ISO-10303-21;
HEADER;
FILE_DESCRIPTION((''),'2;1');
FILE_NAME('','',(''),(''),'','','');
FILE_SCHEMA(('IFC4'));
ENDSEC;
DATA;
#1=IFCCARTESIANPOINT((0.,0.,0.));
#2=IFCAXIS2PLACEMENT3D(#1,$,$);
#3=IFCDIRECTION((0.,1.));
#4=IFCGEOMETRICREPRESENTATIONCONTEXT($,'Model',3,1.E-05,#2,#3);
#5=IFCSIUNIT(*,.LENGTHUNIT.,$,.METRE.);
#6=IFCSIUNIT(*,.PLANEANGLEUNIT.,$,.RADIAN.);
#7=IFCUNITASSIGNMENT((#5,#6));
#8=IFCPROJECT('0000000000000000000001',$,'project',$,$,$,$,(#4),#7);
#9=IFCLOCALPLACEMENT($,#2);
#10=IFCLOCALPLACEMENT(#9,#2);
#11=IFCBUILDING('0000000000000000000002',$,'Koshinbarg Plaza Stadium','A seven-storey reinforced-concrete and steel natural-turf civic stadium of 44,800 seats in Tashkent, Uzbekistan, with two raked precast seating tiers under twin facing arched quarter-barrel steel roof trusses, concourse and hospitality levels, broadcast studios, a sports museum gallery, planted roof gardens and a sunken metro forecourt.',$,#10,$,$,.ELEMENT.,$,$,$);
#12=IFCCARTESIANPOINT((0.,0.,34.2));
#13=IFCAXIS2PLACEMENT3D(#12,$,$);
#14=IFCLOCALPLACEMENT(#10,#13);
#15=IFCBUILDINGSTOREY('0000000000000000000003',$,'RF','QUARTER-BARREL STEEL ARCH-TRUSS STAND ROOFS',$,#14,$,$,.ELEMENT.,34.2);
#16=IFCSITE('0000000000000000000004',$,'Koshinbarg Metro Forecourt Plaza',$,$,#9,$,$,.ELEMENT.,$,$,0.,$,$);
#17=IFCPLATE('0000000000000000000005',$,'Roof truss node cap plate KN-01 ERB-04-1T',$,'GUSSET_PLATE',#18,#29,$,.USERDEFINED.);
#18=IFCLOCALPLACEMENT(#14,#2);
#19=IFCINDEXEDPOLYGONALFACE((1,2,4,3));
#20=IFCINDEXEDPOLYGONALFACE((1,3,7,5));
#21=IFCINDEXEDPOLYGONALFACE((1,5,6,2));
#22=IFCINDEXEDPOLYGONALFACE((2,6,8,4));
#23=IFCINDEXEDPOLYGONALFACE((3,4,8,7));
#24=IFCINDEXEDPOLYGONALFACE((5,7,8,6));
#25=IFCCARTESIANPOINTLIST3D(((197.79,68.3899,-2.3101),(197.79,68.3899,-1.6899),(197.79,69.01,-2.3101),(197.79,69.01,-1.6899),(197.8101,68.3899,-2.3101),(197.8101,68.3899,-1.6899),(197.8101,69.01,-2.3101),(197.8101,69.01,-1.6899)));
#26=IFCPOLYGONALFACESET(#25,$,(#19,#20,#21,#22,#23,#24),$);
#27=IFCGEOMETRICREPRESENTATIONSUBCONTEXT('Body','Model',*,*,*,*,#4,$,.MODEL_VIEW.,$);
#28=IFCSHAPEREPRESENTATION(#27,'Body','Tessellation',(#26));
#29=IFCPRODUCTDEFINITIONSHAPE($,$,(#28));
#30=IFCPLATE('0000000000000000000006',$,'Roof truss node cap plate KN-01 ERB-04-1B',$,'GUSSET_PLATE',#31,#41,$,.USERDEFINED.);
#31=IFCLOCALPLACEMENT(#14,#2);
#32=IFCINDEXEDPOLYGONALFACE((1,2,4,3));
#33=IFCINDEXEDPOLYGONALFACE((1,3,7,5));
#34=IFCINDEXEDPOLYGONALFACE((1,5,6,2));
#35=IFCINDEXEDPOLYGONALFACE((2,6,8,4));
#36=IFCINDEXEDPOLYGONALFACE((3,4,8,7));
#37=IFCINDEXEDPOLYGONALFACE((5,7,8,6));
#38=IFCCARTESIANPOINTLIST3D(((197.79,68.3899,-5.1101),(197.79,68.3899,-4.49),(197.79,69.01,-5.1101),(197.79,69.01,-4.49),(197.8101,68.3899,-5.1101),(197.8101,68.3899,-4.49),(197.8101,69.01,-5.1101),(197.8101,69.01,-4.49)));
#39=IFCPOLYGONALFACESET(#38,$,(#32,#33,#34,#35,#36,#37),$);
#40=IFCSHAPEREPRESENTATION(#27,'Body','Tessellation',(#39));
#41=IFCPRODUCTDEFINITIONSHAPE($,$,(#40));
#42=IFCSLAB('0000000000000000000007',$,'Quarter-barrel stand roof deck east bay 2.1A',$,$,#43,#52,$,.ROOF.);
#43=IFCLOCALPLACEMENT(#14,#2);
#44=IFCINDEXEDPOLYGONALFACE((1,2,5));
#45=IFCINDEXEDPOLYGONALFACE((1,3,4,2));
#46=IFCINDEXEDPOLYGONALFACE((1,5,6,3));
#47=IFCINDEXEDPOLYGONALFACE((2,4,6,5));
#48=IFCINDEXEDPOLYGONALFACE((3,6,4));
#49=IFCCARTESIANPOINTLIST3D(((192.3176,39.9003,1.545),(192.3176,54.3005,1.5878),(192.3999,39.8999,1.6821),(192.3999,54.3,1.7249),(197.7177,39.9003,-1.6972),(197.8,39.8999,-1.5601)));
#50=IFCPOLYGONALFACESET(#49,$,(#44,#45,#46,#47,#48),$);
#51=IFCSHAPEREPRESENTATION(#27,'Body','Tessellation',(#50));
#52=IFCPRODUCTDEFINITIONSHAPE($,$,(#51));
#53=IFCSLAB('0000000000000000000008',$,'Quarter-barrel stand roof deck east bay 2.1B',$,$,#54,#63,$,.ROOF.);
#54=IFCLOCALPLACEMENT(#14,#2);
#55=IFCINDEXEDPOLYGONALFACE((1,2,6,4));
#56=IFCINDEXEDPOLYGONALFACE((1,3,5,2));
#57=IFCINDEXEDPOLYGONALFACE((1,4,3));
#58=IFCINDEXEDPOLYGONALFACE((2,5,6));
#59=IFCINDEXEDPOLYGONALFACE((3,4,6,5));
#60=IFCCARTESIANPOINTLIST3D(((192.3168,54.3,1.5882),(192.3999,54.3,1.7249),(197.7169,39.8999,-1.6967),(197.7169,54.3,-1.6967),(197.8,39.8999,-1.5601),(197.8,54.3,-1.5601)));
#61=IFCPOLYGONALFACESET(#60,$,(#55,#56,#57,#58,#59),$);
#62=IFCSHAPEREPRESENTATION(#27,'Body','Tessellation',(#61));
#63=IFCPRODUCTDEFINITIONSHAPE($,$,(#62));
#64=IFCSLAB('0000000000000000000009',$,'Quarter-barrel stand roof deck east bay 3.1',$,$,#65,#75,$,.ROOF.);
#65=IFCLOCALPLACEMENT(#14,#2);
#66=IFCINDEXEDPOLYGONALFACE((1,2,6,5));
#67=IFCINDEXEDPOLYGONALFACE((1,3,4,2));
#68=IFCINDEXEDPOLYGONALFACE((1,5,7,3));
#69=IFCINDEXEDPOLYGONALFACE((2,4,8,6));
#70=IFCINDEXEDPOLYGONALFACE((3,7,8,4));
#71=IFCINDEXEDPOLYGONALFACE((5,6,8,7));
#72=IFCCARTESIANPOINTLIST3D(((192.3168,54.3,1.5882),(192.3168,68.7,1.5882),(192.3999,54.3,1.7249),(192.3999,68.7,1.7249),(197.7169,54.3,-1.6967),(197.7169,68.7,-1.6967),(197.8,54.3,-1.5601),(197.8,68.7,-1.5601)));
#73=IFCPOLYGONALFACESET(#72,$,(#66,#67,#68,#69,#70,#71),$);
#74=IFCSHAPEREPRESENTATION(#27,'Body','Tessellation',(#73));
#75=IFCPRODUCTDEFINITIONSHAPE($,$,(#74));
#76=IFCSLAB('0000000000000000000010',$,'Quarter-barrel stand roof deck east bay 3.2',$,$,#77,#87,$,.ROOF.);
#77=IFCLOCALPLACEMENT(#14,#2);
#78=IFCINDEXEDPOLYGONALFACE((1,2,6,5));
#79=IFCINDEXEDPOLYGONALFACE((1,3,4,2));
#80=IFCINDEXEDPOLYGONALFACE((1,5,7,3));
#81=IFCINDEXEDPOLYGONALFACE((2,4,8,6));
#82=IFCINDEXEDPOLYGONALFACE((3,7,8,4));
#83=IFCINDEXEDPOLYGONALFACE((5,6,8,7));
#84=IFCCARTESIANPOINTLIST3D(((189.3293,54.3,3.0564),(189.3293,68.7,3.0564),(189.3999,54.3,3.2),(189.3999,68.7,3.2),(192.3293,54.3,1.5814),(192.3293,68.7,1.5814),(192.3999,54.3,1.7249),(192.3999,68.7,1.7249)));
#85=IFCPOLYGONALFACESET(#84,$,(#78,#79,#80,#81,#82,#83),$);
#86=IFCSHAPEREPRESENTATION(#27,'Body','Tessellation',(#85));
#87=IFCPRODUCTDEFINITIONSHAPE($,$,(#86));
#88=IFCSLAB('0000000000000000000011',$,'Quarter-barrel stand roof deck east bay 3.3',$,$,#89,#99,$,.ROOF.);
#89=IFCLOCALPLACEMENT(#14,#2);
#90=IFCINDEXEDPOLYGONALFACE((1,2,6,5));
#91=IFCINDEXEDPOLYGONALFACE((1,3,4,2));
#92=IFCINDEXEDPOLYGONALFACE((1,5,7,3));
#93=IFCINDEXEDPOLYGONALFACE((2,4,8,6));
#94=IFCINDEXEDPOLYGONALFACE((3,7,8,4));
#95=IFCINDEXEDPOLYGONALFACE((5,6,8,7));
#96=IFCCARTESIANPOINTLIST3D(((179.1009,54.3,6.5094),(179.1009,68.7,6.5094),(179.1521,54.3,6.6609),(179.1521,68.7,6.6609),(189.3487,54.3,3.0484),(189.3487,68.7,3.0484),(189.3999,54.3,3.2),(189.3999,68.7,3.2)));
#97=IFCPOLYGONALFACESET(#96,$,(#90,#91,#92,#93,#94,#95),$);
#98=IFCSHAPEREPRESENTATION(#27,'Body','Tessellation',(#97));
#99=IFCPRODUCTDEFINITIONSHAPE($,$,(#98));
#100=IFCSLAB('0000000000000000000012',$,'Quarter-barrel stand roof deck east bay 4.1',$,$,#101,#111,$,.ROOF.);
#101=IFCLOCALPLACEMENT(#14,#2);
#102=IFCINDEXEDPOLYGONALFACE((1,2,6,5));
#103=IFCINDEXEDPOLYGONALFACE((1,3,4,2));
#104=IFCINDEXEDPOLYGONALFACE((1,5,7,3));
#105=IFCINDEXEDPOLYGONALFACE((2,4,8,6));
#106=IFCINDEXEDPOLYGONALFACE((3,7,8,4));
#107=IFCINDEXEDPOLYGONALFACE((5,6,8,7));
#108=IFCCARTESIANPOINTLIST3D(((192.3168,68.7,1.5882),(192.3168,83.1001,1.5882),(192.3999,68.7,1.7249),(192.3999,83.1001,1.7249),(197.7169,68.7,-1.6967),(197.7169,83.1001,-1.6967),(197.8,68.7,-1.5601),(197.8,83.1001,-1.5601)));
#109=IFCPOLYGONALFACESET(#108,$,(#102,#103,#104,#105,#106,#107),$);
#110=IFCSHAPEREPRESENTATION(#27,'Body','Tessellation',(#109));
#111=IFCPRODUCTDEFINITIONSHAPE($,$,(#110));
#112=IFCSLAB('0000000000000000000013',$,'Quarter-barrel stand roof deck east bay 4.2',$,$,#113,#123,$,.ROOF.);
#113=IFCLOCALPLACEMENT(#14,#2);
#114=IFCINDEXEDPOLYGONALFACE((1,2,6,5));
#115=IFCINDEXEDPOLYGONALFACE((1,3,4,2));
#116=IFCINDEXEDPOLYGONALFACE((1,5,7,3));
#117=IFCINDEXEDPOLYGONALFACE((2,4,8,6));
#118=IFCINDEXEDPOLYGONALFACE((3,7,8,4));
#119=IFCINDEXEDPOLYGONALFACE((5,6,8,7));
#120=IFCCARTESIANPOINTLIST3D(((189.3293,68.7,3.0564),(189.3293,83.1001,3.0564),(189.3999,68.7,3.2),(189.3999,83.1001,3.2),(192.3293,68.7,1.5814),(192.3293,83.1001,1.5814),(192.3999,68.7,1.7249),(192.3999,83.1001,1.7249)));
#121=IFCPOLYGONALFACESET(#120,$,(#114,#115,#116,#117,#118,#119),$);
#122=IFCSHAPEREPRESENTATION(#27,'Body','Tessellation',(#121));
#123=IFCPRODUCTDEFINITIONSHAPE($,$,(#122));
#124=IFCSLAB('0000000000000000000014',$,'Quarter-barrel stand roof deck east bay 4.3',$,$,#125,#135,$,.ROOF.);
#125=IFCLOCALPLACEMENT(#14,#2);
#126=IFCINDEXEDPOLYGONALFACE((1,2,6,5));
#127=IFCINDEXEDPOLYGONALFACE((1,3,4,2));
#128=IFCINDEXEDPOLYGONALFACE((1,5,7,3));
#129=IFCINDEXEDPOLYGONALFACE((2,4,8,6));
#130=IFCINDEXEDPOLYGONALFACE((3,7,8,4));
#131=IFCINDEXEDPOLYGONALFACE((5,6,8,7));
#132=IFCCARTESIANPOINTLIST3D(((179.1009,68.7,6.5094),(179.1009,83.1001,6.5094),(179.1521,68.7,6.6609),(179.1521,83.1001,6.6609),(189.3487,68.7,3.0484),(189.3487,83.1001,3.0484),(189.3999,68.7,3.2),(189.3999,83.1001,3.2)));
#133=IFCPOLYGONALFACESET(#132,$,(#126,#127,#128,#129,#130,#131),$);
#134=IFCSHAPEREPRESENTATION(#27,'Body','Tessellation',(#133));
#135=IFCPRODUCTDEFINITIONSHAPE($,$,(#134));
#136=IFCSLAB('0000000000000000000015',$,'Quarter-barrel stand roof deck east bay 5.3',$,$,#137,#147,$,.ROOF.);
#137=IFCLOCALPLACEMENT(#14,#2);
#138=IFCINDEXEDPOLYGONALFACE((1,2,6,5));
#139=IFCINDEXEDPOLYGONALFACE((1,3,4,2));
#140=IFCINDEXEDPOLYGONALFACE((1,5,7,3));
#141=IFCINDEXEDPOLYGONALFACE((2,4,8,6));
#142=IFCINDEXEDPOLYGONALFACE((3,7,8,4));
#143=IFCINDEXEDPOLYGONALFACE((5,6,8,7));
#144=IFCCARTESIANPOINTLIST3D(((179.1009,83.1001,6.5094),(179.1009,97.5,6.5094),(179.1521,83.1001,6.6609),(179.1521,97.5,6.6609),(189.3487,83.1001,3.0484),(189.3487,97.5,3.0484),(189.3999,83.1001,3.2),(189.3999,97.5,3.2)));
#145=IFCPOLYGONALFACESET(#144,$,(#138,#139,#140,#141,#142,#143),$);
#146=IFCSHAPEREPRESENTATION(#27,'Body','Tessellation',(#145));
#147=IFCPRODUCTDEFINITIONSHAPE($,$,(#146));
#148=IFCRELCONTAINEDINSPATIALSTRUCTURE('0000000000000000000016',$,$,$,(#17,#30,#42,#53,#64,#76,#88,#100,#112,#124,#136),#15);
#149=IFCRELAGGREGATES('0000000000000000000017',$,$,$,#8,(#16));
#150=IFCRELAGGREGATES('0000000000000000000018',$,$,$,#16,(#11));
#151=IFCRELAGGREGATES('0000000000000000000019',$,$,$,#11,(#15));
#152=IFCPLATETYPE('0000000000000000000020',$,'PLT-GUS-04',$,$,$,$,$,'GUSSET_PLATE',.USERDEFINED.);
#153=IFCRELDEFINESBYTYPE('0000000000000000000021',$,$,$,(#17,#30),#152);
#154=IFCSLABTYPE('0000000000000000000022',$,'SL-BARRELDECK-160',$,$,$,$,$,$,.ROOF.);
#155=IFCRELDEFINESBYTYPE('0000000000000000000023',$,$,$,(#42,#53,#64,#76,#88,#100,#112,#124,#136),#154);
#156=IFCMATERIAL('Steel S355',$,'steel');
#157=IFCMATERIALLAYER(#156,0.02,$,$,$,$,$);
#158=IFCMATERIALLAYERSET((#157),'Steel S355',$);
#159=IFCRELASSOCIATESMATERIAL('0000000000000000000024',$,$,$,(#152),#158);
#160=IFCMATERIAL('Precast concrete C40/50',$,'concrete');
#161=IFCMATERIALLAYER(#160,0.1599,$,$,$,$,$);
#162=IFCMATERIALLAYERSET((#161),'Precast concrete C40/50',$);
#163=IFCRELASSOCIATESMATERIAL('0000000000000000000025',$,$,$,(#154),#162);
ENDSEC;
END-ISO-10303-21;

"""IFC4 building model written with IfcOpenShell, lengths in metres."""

from ifc_helpers import new_model, si_unit, direction, frame, origin, origin_2d, place, context, subcontext, project, spatial, polyline, rectangle, outline, extrude, material, layer, layer_set, type_object, element, save


model = new_model("IFC4")

# Units and contexts
model_context = context("Model", 3, precision=1e-05, world=origin(), true_north=direction((0.0, 1.0)))
body_context = subcontext(model_context, "Body", "Model", "MODEL_VIEW")
ifc_project = project(units=[si_unit("LENGTHUNIT", "METRE"), si_unit("PLANEANGLEUNIT", "RADIAN")], contexts=[model_context])

# Site, building, storey
site_placement = place(None, origin())
site = spatial("IfcSite", under=ifc_project, at=site_placement, Name="Koshinbarg Metro Forecourt Plaza", CompositionType="ELEMENT", RefElevation=0.0)
building_placement = place(site_placement, origin())
building = spatial("IfcBuilding", under=site, at=building_placement, Name="Koshinbarg Plaza Stadium", Description="A seven-storey reinforced-concrete and steel natural-turf civic stadium of 44,800 seats in Tashkent, Uzbekistan, with two raked precast seating tiers under twin facing arched quarter-barrel steel roof trusses, concourse and hospitality levels, broadcast studios, a sports museum gallery, planted roof gardens and a sunken metro forecourt.", CompositionType="ELEMENT")
storey_placement = place(building_placement, frame((0.0, 0.0, 34.2)))
storey = spatial("IfcBuildingStorey", under=building, at=storey_placement, Name="RF", Description="QUARTER-BARREL STEEL ARCH-TRUSS STAND ROOFS", CompositionType="ELEMENT", Elevation=34.2)

# Shared definitions
ifc_material_1 = material(Name="Steel S355", Category="steel")

# Plates
ifc_layer_1 = layer(ifc_material_1, 0.02)
ifc_layer_set_1 = layer_set([ifc_layer_1], Name="Steel S355")
plate_type = type_object("IfcPlateType", Name="PLT-GUS-04", ElementType="GUSSET_PLATE", PredefinedType="USERDEFINED", material=ifc_layer_set_1)
for number, where, z_axis, x_axis, name in (
    (1, (197.8, 68.7, -2.3101), (0.0, 0.0, 1.0), (1.0, 0.0, 0.0), "Roof truss node cap plate KN-01 ERB-04-1T"),
    (2, (197.8, 68.7, -5.1101), (0.0, 0.0, 1.0), (1.0, 0.0, 0.0), "Roof truss node cap plate KN-01 ERB-04-1B"),
):
    element("IfcPlate", number, at=place(storey_placement, frame(where, z_axis=z_axis, x_axis=x_axis)), inside=storey, type_object=plate_type, Name=name, ObjectType="GUSSET_PLATE", PredefinedType="USERDEFINED", context=body_context, shape_type="SweptSolid", body=[
        extrude(rectangle(XDim=0.02, YDim=0.6201, at=origin_2d()), origin(), (0.0, 0.0, 1.0), 0.6201),
    ])

# Slabs
ifc_material_2 = material(Name="Precast concrete C40/50", Category="concrete")
ifc_layer_2 = layer(ifc_material_2, 0.1599)
ifc_layer_set_2 = layer_set([ifc_layer_2], Name="Precast concrete C40/50")
slab_type = type_object("IfcSlabType", Name="SL-BARRELDECK-160", PredefinedType="ROOF", material=ifc_layer_set_2)
slab_1_placement = place(storey_placement, frame((197.8, 39.8999, -1.5601), z_axis=(0.514739, -0.002544, 0.857343), x_axis=(-0.857346, 0.0, 0.514741)))
element("IfcSlab", 3, at=slab_1_placement, inside=storey, type_object=slab_type, Name="Quarter-barrel stand roof deck east bay 2.1A", PredefinedType="ROOF", context=body_context, shape_type="SweptSolid", body=[
    extrude(outline(polyline([(0.0, 0.0), (6.2987, 0.0), (6.3207, -14.4002), (0.0, 0.0)])), origin(), (0.0, 0.0, -1.0), 0.1599),
])
slab_2_placement = place(storey_placement, frame((197.8, 39.8999, -1.5601), z_axis=(0.519701, 0.0, 0.854348), x_axis=(-0.343383, 0.915673, 0.20888)))
element("IfcSlab", 4, at=slab_2_placement, inside=storey, type_object=slab_type, Name="Quarter-barrel stand roof deck east bay 2.1B", PredefinedType="ROOF", context=body_context, shape_type="SweptSolid", body=[
    extrude(outline(polyline([(0.0, 0.0), (15.7263, 0.0), (13.1858, -5.7878), (0.0, 0.0)])), origin(), (0.0, 0.0, -1.0), 0.1599),
])
slab_3_placement = place(storey_placement, frame((197.8, 54.3, -1.5601), z_axis=(0.519701, 0.0, 0.854348), x_axis=(-0.854348, 0.0, 0.519701)))
element("IfcSlab", 5, at=slab_3_placement, inside=storey, type_object=slab_type, Name="Quarter-barrel stand roof deck east bay 3.1", PredefinedType="ROOF", context=body_context, shape_type="SweptSolid", body=[
    extrude(outline(polyline([(0.0, 0.0), (6.3208, 0.0), (6.3208, -14.3999), (0.0, -14.3999), (0.0, 0.0)])), origin(), (0.0, 0.0, -1.0), 0.1599),
])
slab_4_placement = place(storey_placement, frame((192.3999, 54.3, 1.7249), z_axis=(0.441244, 0.0, 0.897387), x_axis=(-0.897387, 0.0, 0.441244)))
element("IfcSlab", 6, at=slab_4_placement, inside=storey, type_object=slab_type, Name="Quarter-barrel stand roof deck east bay 3.2", PredefinedType="ROOF", context=body_context, shape_type="SweptSolid", body=[
    extrude(outline(polyline([(0.0, 0.0), (3.343, 0.0), (3.343, -14.3999), (0.0, -14.3999), (0.0, 0.0)])), origin(), (0.0, 0.0, -1.0), 0.1599),
])
slab_5_placement = place(storey_placement, frame((189.3999, 54.3, 3.2), z_axis=(0.31997, 0.0, 0.947428), x_axis=(-0.947428, 0.0, 0.31997)))
element("IfcSlab", 7, at=slab_5_placement, inside=storey, type_object=slab_type, Name="Quarter-barrel stand roof deck east bay 3.3", PredefinedType="ROOF", context=body_context, shape_type="SweptSolid", body=[
    extrude(outline(polyline([(0.0, 0.0), (10.8164, 0.0), (10.8164, -14.3999), (0.0, -14.3999), (0.0, 0.0)])), origin(), (0.0, 0.0, -1.0), 0.1599),
])
slab_6_placement = place(storey_placement, frame((197.8, 68.7, -1.5601), z_axis=(0.519701, 0.0, 0.854348), x_axis=(-0.854348, 0.0, 0.519701)))
element("IfcSlab", 8, at=slab_6_placement, inside=storey, type_object=slab_type, Name="Quarter-barrel stand roof deck east bay 4.1", PredefinedType="ROOF", context=body_context, shape_type="SweptSolid", body=[
    extrude(outline(polyline([(0.0, 0.0), (6.3208, 0.0), (6.3208, -14.4001), (0.0, -14.4001), (0.0, 0.0)])), origin(), (0.0, 0.0, -1.0), 0.1599),
])
slab_7_placement = place(storey_placement, frame((192.3999, 68.7, 1.7249), z_axis=(0.441244, 0.0, 0.897387), x_axis=(-0.897387, 0.0, 0.441244)))
element("IfcSlab", 9, at=slab_7_placement, inside=storey, type_object=slab_type, Name="Quarter-barrel stand roof deck east bay 4.2", PredefinedType="ROOF", context=body_context, shape_type="SweptSolid", body=[
    extrude(outline(polyline([(0.0, 0.0), (3.343, 0.0), (3.343, -14.4001), (0.0, -14.4001), (0.0, 0.0)])), origin(), (0.0, 0.0, -1.0), 0.1599),
])
slab_8_placement = place(storey_placement, frame((189.3999, 68.7, 3.2), z_axis=(0.31997, 0.0, 0.947428), x_axis=(-0.947428, 0.0, 0.31997)))
element("IfcSlab", 10, at=slab_8_placement, inside=storey, type_object=slab_type, Name="Quarter-barrel stand roof deck east bay 4.3", PredefinedType="ROOF", context=body_context, shape_type="SweptSolid", body=[
    extrude(outline(polyline([(0.0, 0.0), (10.8164, 0.0), (10.8164, -14.4001), (0.0, -14.4001), (0.0, 0.0)])), origin(), (0.0, 0.0, -1.0), 0.1599),
])
slab_9_placement = place(storey_placement, frame((189.3999, 83.1001, 3.2), z_axis=(0.31997, 0.0, 0.947428), x_axis=(-0.947428, 0.0, 0.31997)))
element("IfcSlab", 11, at=slab_9_placement, inside=storey, type_object=slab_type, Name="Quarter-barrel stand roof deck east bay 5.3", PredefinedType="ROOF", context=body_context, shape_type="SweptSolid", body=[
    extrude(outline(polyline([(0.0, 0.0), (10.8164, 0.0), (10.8164, -14.3999), (0.0, -14.3999), (0.0, 0.0)])), origin(), (0.0, 0.0, -1.0), 0.1599),
])

save(model, "model.ifc")
